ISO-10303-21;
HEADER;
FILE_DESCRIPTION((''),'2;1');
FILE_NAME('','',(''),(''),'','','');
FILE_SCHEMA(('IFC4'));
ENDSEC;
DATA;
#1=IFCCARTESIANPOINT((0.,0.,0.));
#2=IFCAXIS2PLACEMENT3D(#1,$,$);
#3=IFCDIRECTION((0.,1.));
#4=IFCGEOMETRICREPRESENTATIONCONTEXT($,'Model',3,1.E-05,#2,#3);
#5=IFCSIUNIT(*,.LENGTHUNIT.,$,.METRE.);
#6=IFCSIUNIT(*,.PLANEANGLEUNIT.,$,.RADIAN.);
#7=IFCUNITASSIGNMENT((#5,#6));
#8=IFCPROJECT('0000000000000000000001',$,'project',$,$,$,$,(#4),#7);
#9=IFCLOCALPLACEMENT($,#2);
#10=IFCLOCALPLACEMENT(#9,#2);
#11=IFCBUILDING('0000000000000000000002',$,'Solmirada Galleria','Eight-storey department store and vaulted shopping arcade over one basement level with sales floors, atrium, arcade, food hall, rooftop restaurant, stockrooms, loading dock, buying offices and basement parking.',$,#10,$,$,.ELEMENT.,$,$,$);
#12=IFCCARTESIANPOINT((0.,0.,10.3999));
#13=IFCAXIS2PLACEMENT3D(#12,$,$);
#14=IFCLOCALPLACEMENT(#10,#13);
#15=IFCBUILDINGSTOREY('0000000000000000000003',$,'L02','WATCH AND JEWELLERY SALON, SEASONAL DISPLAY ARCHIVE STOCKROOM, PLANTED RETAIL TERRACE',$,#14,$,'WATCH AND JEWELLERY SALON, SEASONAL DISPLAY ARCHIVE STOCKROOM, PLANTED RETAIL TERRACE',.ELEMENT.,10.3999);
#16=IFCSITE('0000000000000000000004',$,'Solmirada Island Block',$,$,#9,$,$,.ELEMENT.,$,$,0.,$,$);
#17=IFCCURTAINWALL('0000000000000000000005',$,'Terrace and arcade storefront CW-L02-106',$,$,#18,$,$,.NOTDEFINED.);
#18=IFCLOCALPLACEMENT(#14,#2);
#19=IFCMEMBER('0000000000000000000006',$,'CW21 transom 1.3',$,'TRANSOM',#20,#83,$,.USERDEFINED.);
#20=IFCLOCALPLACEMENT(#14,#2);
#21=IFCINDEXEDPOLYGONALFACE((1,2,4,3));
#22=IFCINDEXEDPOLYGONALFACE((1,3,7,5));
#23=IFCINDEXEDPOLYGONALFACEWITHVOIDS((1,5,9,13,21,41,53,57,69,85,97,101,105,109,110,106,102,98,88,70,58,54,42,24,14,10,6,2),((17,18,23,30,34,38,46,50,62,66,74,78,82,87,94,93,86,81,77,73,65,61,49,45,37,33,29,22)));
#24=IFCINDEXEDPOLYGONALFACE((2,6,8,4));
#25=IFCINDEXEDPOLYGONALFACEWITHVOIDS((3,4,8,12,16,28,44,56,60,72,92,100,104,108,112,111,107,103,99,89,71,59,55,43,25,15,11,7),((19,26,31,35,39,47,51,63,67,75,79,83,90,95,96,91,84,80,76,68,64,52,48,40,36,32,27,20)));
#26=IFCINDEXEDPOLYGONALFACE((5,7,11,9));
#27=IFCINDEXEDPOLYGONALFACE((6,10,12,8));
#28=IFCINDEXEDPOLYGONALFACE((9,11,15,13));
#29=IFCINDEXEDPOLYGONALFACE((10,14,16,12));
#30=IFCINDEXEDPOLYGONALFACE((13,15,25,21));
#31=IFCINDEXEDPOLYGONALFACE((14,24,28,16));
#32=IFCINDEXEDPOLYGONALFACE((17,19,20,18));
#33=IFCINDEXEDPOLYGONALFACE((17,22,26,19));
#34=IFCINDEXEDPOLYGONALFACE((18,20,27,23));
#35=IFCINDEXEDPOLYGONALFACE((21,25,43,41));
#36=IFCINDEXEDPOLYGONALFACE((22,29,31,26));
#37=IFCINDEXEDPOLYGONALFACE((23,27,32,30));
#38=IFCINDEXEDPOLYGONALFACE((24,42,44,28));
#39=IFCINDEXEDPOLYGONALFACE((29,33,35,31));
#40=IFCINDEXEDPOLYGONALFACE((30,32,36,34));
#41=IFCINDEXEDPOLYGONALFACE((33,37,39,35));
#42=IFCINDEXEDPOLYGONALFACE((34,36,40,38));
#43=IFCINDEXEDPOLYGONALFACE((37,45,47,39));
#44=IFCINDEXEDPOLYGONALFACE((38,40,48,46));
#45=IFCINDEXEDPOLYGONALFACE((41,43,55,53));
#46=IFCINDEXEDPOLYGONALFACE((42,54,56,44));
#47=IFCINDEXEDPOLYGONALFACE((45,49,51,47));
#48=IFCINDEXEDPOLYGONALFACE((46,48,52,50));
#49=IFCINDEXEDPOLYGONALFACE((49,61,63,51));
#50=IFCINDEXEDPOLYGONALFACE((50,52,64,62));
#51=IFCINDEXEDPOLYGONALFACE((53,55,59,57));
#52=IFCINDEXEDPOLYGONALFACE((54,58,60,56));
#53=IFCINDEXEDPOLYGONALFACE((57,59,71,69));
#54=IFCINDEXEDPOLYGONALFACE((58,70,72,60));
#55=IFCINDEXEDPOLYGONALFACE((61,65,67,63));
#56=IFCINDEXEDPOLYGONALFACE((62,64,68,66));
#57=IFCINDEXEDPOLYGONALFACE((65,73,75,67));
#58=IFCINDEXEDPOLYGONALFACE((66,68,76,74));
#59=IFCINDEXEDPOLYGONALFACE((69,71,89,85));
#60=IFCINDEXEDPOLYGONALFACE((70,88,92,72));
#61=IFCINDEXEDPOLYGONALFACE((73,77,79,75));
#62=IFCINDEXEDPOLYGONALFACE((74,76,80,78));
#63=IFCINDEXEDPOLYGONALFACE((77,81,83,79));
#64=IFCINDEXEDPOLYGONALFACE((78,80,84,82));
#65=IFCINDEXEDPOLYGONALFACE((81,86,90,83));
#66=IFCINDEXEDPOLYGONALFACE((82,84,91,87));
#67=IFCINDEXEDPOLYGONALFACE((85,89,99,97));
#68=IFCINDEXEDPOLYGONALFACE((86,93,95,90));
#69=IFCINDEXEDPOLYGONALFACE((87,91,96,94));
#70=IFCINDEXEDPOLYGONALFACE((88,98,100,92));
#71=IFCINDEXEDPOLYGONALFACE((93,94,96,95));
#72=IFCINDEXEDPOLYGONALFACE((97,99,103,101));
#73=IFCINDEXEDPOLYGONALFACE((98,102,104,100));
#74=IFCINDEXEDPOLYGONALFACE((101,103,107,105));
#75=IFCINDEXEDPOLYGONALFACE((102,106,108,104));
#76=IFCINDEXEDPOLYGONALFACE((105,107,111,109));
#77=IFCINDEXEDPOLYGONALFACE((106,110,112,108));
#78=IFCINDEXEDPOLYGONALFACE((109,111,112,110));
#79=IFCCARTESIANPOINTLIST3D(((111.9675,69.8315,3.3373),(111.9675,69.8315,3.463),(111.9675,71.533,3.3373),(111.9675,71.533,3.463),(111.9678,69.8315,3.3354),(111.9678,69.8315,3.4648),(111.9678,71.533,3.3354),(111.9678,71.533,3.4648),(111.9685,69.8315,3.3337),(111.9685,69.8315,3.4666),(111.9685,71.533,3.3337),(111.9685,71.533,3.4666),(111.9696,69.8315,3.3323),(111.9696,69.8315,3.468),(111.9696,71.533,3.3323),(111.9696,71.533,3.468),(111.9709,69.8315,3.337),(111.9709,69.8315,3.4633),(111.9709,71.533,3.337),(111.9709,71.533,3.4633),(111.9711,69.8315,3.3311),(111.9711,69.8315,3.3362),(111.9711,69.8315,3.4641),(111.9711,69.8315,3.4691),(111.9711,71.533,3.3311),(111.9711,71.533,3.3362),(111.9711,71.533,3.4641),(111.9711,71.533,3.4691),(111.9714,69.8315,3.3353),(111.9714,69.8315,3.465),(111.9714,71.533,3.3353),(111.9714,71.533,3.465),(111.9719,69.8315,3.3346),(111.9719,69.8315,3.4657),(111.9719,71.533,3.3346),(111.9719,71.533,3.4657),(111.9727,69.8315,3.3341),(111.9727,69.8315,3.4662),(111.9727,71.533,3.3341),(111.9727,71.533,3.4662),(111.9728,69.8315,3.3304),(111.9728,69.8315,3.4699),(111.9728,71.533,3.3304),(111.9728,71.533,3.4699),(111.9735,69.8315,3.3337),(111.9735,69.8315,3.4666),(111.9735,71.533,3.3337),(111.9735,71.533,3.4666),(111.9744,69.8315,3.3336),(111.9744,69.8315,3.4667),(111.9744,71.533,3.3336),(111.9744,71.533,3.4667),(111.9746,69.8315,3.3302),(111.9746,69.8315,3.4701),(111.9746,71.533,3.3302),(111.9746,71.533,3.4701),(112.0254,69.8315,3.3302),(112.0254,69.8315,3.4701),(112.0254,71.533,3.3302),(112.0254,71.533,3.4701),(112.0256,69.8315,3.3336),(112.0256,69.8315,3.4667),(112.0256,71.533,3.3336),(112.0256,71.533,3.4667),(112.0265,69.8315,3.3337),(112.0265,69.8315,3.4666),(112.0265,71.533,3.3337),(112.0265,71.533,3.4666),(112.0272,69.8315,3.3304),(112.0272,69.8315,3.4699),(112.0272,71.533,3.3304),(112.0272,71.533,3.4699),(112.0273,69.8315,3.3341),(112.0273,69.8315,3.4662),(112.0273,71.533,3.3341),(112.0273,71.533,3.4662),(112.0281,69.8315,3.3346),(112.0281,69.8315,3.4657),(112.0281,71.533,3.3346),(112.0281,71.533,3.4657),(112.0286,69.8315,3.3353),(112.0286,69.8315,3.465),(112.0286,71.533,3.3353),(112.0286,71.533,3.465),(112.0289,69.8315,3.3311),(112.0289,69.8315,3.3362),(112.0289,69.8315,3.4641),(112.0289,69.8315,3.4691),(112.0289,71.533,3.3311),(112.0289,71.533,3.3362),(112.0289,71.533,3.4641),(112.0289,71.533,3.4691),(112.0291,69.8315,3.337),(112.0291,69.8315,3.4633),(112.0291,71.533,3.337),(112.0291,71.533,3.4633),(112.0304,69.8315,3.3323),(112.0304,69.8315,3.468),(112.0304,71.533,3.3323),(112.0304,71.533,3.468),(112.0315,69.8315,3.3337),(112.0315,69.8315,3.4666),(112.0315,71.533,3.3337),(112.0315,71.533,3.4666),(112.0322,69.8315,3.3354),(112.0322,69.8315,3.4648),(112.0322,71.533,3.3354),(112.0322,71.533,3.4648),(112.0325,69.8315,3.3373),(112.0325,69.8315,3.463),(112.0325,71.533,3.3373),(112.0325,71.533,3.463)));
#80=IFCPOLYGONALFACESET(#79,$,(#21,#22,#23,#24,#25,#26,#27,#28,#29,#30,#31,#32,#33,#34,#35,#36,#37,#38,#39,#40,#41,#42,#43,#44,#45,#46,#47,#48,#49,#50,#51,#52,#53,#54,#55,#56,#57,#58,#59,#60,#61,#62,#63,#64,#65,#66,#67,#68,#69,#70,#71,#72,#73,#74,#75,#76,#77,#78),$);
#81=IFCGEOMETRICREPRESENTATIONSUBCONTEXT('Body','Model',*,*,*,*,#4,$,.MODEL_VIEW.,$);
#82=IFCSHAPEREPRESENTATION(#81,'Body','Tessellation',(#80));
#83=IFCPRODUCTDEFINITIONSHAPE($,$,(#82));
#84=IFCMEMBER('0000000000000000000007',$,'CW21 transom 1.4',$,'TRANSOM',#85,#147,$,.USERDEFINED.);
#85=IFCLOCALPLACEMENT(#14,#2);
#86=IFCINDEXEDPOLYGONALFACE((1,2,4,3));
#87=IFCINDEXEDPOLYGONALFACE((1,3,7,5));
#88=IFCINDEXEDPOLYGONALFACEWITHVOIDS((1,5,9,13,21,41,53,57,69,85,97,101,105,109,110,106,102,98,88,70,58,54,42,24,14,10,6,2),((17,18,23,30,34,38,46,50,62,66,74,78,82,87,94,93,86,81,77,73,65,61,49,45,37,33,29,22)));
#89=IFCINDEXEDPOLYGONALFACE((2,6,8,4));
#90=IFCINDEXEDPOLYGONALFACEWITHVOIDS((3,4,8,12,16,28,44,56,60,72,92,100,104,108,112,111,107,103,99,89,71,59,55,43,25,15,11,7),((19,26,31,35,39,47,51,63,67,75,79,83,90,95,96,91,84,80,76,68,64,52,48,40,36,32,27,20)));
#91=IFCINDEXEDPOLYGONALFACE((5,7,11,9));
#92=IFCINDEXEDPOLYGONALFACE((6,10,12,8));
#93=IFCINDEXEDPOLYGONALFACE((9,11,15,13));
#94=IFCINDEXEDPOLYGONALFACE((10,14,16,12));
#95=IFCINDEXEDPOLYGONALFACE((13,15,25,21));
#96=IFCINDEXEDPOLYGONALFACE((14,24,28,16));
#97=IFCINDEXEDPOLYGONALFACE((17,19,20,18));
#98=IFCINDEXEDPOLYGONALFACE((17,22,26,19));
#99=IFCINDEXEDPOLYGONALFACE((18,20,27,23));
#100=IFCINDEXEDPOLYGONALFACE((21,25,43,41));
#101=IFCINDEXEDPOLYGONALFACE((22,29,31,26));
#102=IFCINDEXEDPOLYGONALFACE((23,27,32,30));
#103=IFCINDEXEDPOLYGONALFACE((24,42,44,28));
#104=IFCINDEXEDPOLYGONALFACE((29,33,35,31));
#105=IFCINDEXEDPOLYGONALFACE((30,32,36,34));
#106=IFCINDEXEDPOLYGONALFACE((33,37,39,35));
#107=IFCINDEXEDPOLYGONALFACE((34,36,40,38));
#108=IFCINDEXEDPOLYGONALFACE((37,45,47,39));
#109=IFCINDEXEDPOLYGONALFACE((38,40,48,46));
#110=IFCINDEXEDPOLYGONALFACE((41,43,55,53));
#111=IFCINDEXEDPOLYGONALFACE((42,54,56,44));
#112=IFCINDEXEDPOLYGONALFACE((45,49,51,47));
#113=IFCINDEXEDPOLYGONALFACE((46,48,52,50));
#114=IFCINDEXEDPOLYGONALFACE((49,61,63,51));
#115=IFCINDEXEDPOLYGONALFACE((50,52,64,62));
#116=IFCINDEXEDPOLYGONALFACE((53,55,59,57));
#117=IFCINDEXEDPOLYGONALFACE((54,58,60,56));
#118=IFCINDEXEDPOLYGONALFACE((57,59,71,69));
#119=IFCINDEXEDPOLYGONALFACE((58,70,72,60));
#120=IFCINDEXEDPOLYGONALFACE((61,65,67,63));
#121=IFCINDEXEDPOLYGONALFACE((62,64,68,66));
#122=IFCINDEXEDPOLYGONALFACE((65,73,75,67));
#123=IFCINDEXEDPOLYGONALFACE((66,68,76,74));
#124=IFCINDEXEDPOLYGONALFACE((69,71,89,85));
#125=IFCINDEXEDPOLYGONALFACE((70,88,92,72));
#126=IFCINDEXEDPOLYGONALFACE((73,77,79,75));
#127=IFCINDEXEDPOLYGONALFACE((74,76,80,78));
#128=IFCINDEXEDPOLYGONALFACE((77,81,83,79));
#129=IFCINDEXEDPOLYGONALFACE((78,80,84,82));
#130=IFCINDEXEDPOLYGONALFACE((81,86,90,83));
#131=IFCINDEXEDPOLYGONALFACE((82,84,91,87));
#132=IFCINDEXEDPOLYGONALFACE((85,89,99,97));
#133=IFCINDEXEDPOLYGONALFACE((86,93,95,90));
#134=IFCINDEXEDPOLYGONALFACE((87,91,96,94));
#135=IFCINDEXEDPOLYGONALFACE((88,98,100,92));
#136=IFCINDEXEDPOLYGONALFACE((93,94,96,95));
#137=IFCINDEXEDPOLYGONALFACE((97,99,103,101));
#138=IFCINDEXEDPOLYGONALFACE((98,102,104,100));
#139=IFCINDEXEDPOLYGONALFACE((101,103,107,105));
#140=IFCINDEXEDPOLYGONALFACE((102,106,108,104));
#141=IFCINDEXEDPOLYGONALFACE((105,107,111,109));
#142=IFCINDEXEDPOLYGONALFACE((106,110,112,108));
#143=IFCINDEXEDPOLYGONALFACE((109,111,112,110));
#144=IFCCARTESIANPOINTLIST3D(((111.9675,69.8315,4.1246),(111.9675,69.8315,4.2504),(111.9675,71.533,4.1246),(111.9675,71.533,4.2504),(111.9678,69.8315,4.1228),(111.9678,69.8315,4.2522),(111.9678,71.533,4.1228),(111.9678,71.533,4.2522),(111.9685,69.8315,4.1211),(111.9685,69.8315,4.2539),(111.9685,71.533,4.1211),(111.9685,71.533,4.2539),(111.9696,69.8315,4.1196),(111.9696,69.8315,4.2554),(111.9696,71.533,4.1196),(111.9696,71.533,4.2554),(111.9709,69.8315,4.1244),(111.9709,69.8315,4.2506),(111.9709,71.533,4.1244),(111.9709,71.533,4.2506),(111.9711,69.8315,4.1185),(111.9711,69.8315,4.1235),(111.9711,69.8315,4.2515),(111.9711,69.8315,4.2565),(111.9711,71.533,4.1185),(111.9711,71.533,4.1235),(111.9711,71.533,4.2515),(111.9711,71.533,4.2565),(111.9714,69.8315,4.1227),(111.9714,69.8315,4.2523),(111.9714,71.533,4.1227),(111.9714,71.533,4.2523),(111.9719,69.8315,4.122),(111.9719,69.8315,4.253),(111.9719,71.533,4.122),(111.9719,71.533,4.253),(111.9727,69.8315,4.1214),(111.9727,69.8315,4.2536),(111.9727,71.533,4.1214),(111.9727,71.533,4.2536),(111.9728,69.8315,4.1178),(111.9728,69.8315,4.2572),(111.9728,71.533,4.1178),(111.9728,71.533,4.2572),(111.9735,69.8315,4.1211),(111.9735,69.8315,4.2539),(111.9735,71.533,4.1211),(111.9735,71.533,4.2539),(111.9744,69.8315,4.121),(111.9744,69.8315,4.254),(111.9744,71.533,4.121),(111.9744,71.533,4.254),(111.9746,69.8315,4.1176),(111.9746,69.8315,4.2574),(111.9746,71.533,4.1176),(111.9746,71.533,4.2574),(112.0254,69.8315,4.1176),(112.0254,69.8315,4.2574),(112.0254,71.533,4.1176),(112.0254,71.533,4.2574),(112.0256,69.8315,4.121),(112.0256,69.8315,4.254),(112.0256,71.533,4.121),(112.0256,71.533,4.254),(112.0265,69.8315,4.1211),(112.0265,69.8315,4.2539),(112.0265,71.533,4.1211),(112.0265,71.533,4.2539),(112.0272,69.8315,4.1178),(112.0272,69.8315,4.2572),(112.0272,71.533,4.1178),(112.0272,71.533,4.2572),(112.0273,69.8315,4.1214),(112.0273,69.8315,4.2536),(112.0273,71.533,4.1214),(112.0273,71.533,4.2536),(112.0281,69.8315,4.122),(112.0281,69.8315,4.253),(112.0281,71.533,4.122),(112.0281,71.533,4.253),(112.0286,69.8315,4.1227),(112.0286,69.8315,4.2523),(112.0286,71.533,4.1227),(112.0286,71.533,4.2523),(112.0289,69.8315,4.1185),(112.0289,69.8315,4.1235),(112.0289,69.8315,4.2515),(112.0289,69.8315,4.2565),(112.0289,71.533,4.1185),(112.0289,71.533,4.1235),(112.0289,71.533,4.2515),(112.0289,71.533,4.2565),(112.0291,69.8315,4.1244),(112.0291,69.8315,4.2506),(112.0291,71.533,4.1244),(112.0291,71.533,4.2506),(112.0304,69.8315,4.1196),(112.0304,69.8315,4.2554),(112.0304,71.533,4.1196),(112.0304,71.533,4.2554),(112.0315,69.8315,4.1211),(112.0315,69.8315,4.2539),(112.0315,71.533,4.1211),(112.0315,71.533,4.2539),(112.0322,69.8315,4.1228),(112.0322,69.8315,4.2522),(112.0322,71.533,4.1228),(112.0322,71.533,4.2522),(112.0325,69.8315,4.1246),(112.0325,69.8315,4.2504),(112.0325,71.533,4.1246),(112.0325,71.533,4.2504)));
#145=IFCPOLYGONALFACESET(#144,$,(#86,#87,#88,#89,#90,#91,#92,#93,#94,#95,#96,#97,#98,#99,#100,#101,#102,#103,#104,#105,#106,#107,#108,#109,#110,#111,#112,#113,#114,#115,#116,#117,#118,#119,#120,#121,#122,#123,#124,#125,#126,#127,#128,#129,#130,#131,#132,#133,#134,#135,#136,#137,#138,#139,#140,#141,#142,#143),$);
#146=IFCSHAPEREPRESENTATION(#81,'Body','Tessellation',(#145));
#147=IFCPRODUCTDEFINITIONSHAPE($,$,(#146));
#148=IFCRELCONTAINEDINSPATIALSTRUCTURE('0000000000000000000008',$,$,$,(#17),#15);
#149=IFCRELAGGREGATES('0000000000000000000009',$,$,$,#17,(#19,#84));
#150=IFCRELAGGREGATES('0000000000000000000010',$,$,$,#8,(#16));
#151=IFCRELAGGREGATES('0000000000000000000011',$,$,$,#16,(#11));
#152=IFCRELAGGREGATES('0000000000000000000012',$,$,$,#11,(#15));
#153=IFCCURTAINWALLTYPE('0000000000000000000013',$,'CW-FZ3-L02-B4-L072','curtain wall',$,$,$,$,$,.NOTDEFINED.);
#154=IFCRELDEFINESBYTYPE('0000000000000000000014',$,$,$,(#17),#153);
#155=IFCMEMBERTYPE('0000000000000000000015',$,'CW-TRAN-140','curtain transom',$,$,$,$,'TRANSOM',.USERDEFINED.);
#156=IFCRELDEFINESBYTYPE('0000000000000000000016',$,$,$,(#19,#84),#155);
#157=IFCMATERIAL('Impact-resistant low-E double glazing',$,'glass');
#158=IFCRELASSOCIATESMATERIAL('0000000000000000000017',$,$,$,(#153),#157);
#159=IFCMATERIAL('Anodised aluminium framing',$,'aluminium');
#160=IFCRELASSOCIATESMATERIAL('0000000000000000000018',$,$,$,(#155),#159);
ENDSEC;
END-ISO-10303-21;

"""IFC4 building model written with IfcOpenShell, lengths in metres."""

from ifc_helpers import new_model, si_unit, direction, frame, origin, origin_2d, place, context, subcontext, project, spatial, hollow_rectangle, extrude, material, material_profile, profile_set, type_object, element, aggregate, save


model = new_model("IFC4")

# Units and contexts
model_context = context("Model", 3, precision=1e-05, world=origin(), true_north=direction((0.0, 1.0)))
body_context = subcontext(model_context, "Body", "Model", "MODEL_VIEW")
ifc_project = project(units=[si_unit("LENGTHUNIT", "METRE"), si_unit("PLANEANGLEUNIT", "RADIAN")], contexts=[model_context])

# Site, building, storey
site_placement = place(None, origin())
site = spatial("IfcSite", under=ifc_project, at=site_placement, Name="Solmirada Island Block", CompositionType="ELEMENT", RefElevation=0.0)
building_placement = place(site_placement, origin())
building = spatial("IfcBuilding", under=site, at=building_placement, Name="Solmirada Galleria", Description="Eight-storey department store and vaulted shopping arcade over one basement level with sales floors, atrium, arcade, food hall, rooftop restaurant, stockrooms, loading dock, buying offices and basement parking.", CompositionType="ELEMENT")
storey_placement = place(building_placement, frame((0.0, 0.0, 10.3999)))
storey = spatial("IfcBuildingStorey", under=building, at=storey_placement, Name="L02", Description="WATCH AND JEWELLERY SALON, SEASONAL DISPLAY ARCHIVE STOCKROOM, PLANTED RETAIL TERRACE", LongName="WATCH AND JEWELLERY SALON, SEASONAL DISPLAY ARCHIVE STOCKROOM, PLANTED RETAIL TERRACE", CompositionType="ELEMENT", Elevation=10.3999)

# Curtain wall, members
ifc_material_1 = material(Name="Impact-resistant low-E double glazing", Category="glass")
curtain_wall_type = type_object("IfcCurtainWallType", Name="CW-FZ3-L02-B4-L072", Description="curtain wall", PredefinedType="NOTDEFINED", material=ifc_material_1)
curtain_wall_1_placement = place(storey_placement, origin())
curtain_wall_1 = element("IfcCurtainWall", 1, at=curtain_wall_1_placement, inside=storey, type_object=curtain_wall_type, Name="Terrace and arcade storefront CW-L02-106", PredefinedType="NOTDEFINED")
ifc_material_2 = material(Name="Anodised aluminium framing", Category="aluminium")
ifc_material_profile_1 = material_profile(ifc_material_2, hollow_rectangle(XDim=0.0649, YDim=0.1399, WallThickness=0.0034, InnerFilletRadius=0.0034, OuterFilletRadius=0.0071, at=origin_2d()), Name="ALU-TRAN-140X65")
ifc_profile_set_1 = profile_set([ifc_material_profile_1], Name="Anodised aluminium framing")
member_type_1 = type_object("IfcMemberType", Name="CW-TRAN-140", Description="curtain transom", ElementType="TRANSOM", PredefinedType="USERDEFINED", material=ifc_profile_set_1)
member_1_placement = place(storey_placement, frame((112.0, 71.533, 3.4001), z_axis=(0.0, -1.0, 0.0), x_axis=(1.0, 0.0, 0.0)))
member_1 = element("IfcMember", 2, at=member_1_placement, type_object=member_type_1, Name="CW21 transom 1.3", ObjectType="TRANSOM", PredefinedType="USERDEFINED", context=body_context, shape_type="SweptSolid", body=[
    extrude(hollow_rectangle(XDim=0.0649, YDim=0.1399, WallThickness=0.0034, InnerFilletRadius=0.0034, OuterFilletRadius=0.0071, at=origin_2d()), origin(), (0.0, 0.0, 1.0), 1.7014),
])
member_2_placement = place(storey_placement, frame((112.0, 71.533, 4.1875), z_axis=(0.0, -1.0, 0.0), x_axis=(1.0, 0.0, 0.0)))
member_2 = element("IfcMember", 3, at=member_2_placement, type_object=member_type_1, Name="CW21 transom 1.4", ObjectType="TRANSOM", PredefinedType="USERDEFINED", context=body_context, shape_type="SweptSolid", body=[
    extrude(hollow_rectangle(XDim=0.0649, YDim=0.1399, WallThickness=0.0034, InnerFilletRadius=0.0034, OuterFilletRadius=0.0071, at=origin_2d()), origin(), (0.0, 0.0, 1.0), 1.7014),
])

aggregate(curtain_wall_1, [member_1, member_2])

save(model, "model.ifc")
